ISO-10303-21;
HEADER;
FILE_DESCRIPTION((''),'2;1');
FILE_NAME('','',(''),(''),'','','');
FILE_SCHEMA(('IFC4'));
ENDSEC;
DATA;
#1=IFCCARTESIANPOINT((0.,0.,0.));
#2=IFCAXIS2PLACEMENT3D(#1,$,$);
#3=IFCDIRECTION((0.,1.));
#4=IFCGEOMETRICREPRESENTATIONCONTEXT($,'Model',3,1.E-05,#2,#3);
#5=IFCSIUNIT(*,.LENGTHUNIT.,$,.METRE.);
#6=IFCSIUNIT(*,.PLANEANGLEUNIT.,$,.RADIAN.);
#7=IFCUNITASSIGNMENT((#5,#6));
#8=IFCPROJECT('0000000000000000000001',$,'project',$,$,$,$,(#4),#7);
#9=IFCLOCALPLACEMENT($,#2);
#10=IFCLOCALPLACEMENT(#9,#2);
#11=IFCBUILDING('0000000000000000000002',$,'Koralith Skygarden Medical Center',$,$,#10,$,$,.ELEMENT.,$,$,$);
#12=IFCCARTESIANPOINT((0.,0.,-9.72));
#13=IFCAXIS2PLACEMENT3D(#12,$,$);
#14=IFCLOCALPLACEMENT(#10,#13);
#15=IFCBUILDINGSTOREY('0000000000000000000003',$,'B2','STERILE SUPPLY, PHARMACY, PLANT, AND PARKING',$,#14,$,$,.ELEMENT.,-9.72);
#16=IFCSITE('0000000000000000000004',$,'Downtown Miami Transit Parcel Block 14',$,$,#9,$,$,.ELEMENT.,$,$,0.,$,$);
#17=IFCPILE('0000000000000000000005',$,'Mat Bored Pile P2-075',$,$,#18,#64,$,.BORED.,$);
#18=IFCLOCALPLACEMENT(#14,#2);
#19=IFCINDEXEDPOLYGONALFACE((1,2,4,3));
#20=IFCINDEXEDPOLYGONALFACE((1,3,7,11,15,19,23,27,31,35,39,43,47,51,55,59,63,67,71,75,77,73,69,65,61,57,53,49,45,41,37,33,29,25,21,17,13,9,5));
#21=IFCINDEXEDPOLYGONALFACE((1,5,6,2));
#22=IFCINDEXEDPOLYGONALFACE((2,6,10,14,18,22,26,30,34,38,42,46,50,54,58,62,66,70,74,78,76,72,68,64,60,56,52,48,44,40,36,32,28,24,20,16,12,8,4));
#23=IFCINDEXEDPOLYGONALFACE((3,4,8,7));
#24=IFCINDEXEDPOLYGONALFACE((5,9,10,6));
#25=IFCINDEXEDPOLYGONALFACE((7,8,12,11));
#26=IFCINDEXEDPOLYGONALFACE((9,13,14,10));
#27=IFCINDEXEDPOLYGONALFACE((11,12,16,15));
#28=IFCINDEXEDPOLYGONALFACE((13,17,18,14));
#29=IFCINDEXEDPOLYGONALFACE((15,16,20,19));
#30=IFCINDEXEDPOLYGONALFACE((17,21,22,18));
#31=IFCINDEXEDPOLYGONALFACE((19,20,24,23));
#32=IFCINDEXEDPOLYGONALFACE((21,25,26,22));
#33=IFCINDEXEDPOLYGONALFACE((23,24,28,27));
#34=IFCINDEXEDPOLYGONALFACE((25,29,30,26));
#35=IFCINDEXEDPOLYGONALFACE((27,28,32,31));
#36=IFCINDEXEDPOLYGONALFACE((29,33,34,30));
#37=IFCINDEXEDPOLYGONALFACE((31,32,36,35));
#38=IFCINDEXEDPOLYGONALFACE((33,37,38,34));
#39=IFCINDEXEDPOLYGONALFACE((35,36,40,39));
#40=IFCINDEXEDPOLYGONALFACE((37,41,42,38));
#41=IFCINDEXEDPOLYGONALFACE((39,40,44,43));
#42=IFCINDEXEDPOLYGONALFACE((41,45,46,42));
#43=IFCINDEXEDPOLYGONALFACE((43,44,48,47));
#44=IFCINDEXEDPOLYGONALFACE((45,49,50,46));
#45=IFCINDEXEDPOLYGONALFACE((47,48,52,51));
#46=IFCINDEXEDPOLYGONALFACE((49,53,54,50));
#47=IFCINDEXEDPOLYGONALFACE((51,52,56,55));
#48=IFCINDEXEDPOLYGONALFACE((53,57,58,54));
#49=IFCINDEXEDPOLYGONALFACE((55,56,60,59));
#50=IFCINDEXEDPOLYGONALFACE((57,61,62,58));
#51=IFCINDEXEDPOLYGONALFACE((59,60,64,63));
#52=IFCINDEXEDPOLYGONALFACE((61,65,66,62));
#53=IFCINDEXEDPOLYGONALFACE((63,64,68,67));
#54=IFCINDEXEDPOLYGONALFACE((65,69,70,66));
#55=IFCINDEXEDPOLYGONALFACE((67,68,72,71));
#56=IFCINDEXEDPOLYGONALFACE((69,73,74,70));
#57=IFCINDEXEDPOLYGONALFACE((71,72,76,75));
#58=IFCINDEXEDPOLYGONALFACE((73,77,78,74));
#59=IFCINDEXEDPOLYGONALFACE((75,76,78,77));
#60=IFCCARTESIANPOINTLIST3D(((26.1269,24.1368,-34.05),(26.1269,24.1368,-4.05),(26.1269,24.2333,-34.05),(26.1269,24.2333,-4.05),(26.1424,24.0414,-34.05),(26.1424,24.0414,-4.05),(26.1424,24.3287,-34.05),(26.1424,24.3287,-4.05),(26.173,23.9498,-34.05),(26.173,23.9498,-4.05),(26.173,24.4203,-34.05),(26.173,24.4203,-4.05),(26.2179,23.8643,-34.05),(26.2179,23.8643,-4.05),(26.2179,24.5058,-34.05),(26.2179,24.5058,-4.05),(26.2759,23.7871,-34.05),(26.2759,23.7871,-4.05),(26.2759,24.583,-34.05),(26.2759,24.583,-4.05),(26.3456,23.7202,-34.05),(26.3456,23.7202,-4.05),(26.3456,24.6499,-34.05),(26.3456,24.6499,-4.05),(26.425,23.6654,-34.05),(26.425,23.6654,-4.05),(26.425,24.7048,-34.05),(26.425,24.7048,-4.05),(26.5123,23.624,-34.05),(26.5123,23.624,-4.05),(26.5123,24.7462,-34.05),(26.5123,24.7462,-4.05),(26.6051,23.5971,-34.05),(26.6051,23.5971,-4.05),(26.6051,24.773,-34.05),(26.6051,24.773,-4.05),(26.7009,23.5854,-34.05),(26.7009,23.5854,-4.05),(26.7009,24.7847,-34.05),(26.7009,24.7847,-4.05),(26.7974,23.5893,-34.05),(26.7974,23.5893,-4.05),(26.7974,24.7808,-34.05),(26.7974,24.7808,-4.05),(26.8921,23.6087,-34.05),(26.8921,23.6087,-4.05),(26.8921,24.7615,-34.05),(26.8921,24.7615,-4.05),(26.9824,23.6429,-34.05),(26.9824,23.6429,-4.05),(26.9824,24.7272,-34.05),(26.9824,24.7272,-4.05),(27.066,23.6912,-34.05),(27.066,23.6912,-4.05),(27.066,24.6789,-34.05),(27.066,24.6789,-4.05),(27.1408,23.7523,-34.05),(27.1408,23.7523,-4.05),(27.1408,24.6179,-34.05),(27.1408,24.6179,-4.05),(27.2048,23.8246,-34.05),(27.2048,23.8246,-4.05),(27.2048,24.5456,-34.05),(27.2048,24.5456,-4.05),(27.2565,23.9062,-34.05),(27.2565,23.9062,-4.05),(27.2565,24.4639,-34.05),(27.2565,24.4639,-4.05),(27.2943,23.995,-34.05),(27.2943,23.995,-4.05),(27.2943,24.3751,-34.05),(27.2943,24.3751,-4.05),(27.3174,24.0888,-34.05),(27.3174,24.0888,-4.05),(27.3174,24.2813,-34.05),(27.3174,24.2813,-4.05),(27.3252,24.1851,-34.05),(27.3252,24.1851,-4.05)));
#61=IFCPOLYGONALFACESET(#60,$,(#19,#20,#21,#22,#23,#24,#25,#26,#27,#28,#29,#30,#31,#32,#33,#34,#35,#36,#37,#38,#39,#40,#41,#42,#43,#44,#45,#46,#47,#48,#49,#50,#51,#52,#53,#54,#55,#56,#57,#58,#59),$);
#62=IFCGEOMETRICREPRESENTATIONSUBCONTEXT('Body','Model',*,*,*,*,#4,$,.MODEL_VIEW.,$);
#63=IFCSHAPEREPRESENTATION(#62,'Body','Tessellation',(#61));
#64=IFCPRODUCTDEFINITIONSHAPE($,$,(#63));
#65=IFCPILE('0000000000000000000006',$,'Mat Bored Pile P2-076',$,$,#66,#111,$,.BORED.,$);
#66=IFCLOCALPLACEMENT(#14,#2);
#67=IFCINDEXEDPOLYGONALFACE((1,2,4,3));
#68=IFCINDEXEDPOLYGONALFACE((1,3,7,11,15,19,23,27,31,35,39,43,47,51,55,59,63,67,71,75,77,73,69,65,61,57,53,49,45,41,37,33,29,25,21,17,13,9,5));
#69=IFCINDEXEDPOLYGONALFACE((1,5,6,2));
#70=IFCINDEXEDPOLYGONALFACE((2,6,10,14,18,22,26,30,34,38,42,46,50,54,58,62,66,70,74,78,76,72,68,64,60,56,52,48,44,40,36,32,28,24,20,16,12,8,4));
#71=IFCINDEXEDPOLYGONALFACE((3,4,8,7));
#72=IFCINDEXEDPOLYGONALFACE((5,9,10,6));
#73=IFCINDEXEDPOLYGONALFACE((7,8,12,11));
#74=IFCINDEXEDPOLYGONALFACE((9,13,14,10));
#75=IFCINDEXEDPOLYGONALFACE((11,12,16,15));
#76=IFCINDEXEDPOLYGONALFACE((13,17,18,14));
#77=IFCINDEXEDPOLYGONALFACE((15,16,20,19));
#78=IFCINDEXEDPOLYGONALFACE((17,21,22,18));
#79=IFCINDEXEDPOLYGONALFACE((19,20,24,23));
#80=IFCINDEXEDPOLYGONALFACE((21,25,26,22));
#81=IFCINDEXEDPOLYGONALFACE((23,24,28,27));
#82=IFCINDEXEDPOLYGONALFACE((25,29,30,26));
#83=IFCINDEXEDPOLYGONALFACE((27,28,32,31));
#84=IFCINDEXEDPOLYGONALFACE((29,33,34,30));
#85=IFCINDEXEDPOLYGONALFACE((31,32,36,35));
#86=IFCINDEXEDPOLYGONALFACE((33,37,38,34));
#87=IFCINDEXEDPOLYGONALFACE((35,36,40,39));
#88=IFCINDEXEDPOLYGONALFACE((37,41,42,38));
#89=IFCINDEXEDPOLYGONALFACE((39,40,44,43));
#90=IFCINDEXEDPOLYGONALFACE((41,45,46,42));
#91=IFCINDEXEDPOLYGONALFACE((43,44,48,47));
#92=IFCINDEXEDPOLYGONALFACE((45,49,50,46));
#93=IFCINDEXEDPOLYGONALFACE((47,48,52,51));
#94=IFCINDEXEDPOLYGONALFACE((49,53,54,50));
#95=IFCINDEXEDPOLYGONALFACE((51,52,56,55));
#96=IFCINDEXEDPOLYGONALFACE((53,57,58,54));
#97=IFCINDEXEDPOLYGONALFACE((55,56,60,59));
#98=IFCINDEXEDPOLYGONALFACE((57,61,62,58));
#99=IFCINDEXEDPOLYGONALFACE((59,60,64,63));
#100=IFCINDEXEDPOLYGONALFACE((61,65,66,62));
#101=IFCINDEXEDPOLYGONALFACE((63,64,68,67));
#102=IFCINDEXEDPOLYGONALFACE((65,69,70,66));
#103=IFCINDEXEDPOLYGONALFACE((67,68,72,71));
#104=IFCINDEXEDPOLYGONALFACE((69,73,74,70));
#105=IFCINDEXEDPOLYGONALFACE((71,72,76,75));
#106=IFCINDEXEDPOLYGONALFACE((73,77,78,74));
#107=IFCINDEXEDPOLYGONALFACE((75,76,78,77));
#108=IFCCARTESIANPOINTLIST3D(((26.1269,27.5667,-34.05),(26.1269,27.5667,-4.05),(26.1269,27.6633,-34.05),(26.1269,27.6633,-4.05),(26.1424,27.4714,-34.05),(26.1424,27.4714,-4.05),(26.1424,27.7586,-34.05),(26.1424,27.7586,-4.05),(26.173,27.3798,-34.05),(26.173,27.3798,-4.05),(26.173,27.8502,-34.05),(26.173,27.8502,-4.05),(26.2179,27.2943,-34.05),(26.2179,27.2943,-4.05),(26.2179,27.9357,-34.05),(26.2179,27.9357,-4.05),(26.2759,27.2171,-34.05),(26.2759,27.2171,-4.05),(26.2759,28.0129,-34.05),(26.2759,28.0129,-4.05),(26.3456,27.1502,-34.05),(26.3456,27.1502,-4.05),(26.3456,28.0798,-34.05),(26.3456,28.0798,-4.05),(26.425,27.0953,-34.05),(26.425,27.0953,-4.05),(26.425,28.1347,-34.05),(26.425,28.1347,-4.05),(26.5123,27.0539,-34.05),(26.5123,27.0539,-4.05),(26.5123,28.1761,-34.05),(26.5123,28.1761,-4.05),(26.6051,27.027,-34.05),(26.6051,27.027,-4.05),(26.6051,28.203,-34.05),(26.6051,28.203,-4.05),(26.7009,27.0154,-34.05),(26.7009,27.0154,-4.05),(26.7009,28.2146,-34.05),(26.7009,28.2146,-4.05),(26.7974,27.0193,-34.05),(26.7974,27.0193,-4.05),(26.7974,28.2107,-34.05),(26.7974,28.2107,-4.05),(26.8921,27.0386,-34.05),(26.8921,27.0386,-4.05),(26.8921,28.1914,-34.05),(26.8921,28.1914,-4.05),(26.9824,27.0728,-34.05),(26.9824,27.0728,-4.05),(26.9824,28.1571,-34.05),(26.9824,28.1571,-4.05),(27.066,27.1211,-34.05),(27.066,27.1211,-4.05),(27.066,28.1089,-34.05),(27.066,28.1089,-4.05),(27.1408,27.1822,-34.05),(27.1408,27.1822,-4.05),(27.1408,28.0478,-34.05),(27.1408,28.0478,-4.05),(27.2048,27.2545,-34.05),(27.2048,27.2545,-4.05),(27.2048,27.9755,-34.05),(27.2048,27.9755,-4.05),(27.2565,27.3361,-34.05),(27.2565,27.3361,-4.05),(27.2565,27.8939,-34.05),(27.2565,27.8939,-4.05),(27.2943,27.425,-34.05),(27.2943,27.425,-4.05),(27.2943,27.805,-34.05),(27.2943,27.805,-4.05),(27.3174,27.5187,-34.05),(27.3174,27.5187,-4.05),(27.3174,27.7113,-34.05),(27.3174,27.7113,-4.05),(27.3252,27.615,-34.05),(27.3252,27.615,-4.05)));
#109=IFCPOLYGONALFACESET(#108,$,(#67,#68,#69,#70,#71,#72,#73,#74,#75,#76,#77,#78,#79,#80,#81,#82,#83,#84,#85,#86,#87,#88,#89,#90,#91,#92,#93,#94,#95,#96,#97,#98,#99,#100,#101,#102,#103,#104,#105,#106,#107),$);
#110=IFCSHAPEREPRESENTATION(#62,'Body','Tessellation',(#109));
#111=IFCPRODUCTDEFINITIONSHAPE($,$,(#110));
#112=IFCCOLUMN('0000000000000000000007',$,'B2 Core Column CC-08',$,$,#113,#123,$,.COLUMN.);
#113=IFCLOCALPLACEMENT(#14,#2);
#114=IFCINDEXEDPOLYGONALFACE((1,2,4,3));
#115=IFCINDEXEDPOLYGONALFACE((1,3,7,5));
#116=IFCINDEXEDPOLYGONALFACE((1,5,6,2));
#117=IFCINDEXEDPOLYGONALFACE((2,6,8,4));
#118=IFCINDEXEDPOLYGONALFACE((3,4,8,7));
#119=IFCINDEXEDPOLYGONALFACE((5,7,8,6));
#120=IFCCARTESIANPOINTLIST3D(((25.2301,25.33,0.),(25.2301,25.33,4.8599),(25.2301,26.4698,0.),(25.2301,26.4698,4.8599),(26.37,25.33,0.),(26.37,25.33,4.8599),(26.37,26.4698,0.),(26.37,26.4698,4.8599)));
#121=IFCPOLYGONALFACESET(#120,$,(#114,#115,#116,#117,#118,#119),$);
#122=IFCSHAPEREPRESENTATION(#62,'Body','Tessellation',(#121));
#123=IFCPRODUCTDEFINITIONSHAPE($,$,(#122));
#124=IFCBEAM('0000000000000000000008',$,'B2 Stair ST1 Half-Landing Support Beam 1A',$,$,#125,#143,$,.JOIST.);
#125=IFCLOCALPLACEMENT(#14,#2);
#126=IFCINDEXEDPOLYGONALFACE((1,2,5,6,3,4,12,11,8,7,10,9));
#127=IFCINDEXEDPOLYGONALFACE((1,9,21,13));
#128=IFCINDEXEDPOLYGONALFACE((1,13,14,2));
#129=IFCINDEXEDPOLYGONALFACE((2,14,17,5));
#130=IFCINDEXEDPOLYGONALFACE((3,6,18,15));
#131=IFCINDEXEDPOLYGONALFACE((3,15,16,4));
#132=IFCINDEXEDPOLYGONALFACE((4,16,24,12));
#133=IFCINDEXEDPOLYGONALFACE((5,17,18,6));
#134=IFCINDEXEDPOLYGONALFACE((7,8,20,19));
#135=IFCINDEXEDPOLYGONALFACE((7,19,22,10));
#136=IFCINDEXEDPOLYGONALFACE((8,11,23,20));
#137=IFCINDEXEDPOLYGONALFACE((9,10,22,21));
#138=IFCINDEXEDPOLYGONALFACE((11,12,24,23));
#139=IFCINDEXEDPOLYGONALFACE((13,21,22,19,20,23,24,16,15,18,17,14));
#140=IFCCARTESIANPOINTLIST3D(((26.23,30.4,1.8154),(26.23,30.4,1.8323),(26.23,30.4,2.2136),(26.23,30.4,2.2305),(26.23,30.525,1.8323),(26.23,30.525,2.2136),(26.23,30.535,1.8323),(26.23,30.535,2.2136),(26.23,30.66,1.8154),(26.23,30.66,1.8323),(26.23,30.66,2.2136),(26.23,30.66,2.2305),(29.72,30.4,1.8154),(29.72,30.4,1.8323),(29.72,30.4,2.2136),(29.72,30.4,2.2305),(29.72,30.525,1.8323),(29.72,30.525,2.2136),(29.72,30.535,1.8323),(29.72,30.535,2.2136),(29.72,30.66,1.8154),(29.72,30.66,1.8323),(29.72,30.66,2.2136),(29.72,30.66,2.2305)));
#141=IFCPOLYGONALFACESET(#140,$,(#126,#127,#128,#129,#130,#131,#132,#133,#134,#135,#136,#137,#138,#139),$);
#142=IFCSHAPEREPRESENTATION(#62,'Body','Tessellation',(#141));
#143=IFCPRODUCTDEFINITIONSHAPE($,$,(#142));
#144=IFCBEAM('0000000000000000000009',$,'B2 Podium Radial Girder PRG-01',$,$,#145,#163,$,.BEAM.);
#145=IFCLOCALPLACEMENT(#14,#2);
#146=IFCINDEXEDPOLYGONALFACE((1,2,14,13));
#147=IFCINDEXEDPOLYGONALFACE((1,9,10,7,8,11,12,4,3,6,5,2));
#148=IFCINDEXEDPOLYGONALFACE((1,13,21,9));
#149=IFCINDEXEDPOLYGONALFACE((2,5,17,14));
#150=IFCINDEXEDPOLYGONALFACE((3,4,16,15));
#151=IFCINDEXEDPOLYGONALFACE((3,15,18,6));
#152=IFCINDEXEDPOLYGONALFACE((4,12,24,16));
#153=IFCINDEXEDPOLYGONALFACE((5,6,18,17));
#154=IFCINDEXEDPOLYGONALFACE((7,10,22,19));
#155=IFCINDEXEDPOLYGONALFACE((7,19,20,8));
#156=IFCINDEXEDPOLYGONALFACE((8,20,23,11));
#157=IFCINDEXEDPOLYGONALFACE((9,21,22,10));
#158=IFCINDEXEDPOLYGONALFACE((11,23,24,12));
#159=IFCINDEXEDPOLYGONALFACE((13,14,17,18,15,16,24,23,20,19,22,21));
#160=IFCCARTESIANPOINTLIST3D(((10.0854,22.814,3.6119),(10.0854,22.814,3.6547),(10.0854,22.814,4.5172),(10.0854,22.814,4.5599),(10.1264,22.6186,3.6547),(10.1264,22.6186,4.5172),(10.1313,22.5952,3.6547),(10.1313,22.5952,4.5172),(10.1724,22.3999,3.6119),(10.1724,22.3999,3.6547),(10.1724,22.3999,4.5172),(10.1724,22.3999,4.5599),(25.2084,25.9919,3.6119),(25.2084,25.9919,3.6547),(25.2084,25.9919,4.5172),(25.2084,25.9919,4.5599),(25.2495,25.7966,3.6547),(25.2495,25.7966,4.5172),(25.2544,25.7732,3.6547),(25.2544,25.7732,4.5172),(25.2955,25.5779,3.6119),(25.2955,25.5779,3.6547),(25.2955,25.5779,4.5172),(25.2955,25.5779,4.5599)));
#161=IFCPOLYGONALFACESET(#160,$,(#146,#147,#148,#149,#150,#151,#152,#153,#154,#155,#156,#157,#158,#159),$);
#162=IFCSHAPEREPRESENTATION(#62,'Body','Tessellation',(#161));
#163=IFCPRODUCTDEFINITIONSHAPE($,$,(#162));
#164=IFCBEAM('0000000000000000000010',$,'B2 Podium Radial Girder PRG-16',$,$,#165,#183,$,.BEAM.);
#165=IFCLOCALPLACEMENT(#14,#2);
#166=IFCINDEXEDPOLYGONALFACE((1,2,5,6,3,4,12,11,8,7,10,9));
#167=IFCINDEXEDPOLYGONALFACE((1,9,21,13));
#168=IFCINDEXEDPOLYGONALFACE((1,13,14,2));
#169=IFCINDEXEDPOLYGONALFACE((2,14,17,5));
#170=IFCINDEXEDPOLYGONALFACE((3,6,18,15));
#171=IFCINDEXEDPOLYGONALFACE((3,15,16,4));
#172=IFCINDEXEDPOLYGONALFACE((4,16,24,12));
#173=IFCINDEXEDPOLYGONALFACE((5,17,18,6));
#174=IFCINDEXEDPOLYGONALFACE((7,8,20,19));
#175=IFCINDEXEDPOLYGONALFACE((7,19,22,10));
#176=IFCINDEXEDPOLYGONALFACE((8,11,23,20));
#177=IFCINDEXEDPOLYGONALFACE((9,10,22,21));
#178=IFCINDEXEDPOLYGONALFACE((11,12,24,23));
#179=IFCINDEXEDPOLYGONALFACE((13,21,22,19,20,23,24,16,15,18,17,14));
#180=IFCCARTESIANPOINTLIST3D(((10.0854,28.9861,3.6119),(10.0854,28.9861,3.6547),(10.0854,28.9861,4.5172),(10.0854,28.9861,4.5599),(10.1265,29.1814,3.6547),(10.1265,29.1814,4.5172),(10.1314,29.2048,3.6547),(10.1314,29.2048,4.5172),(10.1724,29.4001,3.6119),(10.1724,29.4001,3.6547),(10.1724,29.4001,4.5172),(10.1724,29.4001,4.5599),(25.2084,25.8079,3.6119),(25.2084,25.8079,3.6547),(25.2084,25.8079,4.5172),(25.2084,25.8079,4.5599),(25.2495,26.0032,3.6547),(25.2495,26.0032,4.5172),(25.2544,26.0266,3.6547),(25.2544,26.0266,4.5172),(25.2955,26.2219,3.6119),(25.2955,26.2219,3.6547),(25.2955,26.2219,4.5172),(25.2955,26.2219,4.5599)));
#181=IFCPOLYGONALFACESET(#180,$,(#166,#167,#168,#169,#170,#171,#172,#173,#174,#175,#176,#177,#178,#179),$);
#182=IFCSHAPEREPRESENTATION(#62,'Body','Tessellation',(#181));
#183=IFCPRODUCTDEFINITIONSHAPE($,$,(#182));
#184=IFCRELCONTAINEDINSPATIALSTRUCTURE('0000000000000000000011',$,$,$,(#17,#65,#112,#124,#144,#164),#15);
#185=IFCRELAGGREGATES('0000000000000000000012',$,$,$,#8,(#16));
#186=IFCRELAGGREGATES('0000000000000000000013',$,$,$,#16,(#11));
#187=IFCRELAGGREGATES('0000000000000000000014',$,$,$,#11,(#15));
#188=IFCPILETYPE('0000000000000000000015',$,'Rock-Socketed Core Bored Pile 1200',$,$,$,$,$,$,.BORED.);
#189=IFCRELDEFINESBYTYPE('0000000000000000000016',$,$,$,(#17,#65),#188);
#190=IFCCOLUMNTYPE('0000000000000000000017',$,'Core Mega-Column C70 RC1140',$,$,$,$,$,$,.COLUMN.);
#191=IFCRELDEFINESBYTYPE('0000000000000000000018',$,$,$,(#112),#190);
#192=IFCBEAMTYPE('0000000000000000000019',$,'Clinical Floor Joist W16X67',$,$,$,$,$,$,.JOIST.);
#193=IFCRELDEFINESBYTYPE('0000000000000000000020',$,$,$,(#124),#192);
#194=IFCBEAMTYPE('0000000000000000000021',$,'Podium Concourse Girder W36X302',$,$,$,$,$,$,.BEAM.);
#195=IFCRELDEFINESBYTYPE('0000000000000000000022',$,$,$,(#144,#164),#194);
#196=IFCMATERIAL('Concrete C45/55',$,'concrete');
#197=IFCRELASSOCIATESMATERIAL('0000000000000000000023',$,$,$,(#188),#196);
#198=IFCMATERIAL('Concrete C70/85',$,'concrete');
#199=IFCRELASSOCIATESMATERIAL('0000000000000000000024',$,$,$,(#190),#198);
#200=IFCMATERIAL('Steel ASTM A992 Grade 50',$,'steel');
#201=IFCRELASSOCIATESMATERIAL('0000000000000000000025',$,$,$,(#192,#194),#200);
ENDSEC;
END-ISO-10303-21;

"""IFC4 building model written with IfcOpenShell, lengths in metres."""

from ifc_helpers import new_model, si_unit, direction, frame, origin, origin_2d, place, context, subcontext, project, spatial, rectangle, circle, i_section, extrude, material, material_profile, profile_set, type_object, element, save


model = new_model("IFC4")

# Units and contexts
model_context = context("Model", 3, precision=1e-05, world=origin(), true_north=direction((0.0, 1.0)))
body_context = subcontext(model_context, "Body", "Model", "MODEL_VIEW")
ifc_project = project(units=[si_unit("LENGTHUNIT", "METRE"), si_unit("PLANEANGLEUNIT", "RADIAN")], contexts=[model_context])

# Site, building, storey
site_placement = place(None, origin())
site = spatial("IfcSite", under=ifc_project, at=site_placement, Name="Downtown Miami Transit Parcel Block 14", CompositionType="ELEMENT", RefElevation=0.0)
building_placement = place(site_placement, origin())
building = spatial("IfcBuilding", under=site, at=building_placement, Name="Koralith Skygarden Medical Center", CompositionType="ELEMENT")
storey_placement = place(building_placement, frame((0.0, 0.0, -9.72)))
storey = spatial("IfcBuildingStorey", under=building, at=storey_placement, Name="B2", Description="STERILE SUPPLY, PHARMACY, PLANT, AND PARKING", CompositionType="ELEMENT", Elevation=-9.72)

# Piles
ifc_material_1 = material(Name="Concrete C45/55", Category="concrete")
ifc_material_profile_1 = material_profile(ifc_material_1, circle(Radius=0.6001, at=origin_2d()), Name="PILE1200")
ifc_profile_set_1 = profile_set([ifc_material_profile_1], Name="Concrete C45/55")
pile_type_1 = type_object("IfcPileType", Name="Rock-Socketed Core Bored Pile 1200", PredefinedType="BORED", material=ifc_profile_set_1)
for number, where, z_axis, x_axis, name in (
    (1, (26.7251, 24.1851, -4.05), (0.0, 0.0, -1.0), (1.0, 0.0, 0.0), "Mat Bored Pile P2-075"),
    (2, (26.7251, 27.615, -4.05), (0.0, 0.0, -1.0), (1.0, 0.0, 0.0), "Mat Bored Pile P2-076"),
):
    element("IfcPile", number, at=place(storey_placement, frame(where, z_axis=z_axis, x_axis=x_axis)), inside=storey, type_object=pile_type_1, Name=name, PredefinedType="BORED", context=body_context, shape_type="SweptSolid", body=[
        extrude(circle(Radius=0.6001, at=origin_2d()), origin(), (0.0, 0.0, 1.0), 30.0),
    ])

# Column
ifc_material_2 = material(Name="Concrete C70/85", Category="concrete")
ifc_material_profile_2 = material_profile(ifc_material_2, rectangle(XDim=1.1399, YDim=1.1399, at=origin_2d()), Name="RC1140X1140")
ifc_profile_set_2 = profile_set([ifc_material_profile_2], Name="Concrete C70/85")
column_type = type_object("IfcColumnType", Name="Core Mega-Column C70 RC1140", PredefinedType="COLUMN", material=ifc_profile_set_2)
column_placement = place(storey_placement, frame((25.8, 25.8999, 0.0), z_axis=(0.0, 0.0, 1.0), x_axis=(1.0, 0.0, 0.0)))
element("IfcColumn", 3, at=column_placement, inside=storey, type_object=column_type, Name="B2 Core Column CC-08", PredefinedType="COLUMN", context=body_context, shape_type="SweptSolid", body=[
    extrude(rectangle(XDim=1.1399, YDim=1.1399, at=origin_2d()), origin(), (0.0, 0.0, 1.0), 4.8599),
])

# Beams
ifc_material_3 = material(Name="Steel ASTM A992 Grade 50", Category="steel")
ifc_material_profile_3 = material_profile(ifc_material_3, i_section(OverallWidth=0.26, OverallDepth=0.415, WebThickness=0.01, FlangeThickness=0.0168, at=origin_2d()), Name="W16X67")
ifc_profile_set_3 = profile_set([ifc_material_profile_3], Name="Steel ASTM A992 Grade 50")
beam_type_1 = type_object("IfcBeamType", Name="Clinical Floor Joist W16X67", PredefinedType="JOIST", material=ifc_profile_set_3)
beam_placement = place(storey_placement, frame((26.23, 30.53, 2.0229), z_axis=(1.0, 0.0, 0.0), x_axis=(0.0, 1.0, 0.0)))
element("IfcBeam", 4, at=beam_placement, inside=storey, type_object=beam_type_1, Name="B2 Stair ST1 Half-Landing Support Beam 1A", PredefinedType="JOIST", context=body_context, shape_type="SweptSolid", body=[
    extrude(i_section(OverallWidth=0.26, OverallDepth=0.415, WebThickness=0.01, FlangeThickness=0.0168, at=origin_2d()), origin(), (0.0, 0.0, 1.0), 3.49),
])
ifc_material_profile_4 = material_profile(ifc_material_3, i_section(OverallWidth=0.4231, OverallDepth=0.948, WebThickness=0.0239, FlangeThickness=0.0427, at=origin_2d()), Name="W36X302")
ifc_profile_set_4 = profile_set([ifc_material_profile_4], Name="Steel ASTM A992 Grade 50")
beam_type_2 = type_object("IfcBeamType", Name="Podium Concourse Girder W36X302", PredefinedType="BEAM", material=ifc_profile_set_4)
for number, where, z_axis, x_axis, name in (
    (5, (25.252, 25.7849, 4.0859), (-0.978626, -0.20565, 0.0), (0.20565, -0.978626, 0.0), "B2 Podium Radial Girder PRG-01"),
    (6, (25.252, 26.0149, 4.0859), (-0.978622, 0.205665, 0.0), (-0.205665, -0.978622, 0.0), "B2 Podium Radial Girder PRG-16"),
):
    element("IfcBeam", number, at=place(storey_placement, frame(where, z_axis=z_axis, x_axis=x_axis)), inside=storey, type_object=beam_type_2, Name=name, PredefinedType="BEAM", context=body_context, shape_type="SweptSolid", body=[
        extrude(i_section(OverallWidth=0.4231, OverallDepth=0.948, WebThickness=0.0239, FlangeThickness=0.0427, at=origin_2d()), origin(), (0.0, 0.0, 1.0), 15.4534),
    ])

save(model, "model.ifc")
